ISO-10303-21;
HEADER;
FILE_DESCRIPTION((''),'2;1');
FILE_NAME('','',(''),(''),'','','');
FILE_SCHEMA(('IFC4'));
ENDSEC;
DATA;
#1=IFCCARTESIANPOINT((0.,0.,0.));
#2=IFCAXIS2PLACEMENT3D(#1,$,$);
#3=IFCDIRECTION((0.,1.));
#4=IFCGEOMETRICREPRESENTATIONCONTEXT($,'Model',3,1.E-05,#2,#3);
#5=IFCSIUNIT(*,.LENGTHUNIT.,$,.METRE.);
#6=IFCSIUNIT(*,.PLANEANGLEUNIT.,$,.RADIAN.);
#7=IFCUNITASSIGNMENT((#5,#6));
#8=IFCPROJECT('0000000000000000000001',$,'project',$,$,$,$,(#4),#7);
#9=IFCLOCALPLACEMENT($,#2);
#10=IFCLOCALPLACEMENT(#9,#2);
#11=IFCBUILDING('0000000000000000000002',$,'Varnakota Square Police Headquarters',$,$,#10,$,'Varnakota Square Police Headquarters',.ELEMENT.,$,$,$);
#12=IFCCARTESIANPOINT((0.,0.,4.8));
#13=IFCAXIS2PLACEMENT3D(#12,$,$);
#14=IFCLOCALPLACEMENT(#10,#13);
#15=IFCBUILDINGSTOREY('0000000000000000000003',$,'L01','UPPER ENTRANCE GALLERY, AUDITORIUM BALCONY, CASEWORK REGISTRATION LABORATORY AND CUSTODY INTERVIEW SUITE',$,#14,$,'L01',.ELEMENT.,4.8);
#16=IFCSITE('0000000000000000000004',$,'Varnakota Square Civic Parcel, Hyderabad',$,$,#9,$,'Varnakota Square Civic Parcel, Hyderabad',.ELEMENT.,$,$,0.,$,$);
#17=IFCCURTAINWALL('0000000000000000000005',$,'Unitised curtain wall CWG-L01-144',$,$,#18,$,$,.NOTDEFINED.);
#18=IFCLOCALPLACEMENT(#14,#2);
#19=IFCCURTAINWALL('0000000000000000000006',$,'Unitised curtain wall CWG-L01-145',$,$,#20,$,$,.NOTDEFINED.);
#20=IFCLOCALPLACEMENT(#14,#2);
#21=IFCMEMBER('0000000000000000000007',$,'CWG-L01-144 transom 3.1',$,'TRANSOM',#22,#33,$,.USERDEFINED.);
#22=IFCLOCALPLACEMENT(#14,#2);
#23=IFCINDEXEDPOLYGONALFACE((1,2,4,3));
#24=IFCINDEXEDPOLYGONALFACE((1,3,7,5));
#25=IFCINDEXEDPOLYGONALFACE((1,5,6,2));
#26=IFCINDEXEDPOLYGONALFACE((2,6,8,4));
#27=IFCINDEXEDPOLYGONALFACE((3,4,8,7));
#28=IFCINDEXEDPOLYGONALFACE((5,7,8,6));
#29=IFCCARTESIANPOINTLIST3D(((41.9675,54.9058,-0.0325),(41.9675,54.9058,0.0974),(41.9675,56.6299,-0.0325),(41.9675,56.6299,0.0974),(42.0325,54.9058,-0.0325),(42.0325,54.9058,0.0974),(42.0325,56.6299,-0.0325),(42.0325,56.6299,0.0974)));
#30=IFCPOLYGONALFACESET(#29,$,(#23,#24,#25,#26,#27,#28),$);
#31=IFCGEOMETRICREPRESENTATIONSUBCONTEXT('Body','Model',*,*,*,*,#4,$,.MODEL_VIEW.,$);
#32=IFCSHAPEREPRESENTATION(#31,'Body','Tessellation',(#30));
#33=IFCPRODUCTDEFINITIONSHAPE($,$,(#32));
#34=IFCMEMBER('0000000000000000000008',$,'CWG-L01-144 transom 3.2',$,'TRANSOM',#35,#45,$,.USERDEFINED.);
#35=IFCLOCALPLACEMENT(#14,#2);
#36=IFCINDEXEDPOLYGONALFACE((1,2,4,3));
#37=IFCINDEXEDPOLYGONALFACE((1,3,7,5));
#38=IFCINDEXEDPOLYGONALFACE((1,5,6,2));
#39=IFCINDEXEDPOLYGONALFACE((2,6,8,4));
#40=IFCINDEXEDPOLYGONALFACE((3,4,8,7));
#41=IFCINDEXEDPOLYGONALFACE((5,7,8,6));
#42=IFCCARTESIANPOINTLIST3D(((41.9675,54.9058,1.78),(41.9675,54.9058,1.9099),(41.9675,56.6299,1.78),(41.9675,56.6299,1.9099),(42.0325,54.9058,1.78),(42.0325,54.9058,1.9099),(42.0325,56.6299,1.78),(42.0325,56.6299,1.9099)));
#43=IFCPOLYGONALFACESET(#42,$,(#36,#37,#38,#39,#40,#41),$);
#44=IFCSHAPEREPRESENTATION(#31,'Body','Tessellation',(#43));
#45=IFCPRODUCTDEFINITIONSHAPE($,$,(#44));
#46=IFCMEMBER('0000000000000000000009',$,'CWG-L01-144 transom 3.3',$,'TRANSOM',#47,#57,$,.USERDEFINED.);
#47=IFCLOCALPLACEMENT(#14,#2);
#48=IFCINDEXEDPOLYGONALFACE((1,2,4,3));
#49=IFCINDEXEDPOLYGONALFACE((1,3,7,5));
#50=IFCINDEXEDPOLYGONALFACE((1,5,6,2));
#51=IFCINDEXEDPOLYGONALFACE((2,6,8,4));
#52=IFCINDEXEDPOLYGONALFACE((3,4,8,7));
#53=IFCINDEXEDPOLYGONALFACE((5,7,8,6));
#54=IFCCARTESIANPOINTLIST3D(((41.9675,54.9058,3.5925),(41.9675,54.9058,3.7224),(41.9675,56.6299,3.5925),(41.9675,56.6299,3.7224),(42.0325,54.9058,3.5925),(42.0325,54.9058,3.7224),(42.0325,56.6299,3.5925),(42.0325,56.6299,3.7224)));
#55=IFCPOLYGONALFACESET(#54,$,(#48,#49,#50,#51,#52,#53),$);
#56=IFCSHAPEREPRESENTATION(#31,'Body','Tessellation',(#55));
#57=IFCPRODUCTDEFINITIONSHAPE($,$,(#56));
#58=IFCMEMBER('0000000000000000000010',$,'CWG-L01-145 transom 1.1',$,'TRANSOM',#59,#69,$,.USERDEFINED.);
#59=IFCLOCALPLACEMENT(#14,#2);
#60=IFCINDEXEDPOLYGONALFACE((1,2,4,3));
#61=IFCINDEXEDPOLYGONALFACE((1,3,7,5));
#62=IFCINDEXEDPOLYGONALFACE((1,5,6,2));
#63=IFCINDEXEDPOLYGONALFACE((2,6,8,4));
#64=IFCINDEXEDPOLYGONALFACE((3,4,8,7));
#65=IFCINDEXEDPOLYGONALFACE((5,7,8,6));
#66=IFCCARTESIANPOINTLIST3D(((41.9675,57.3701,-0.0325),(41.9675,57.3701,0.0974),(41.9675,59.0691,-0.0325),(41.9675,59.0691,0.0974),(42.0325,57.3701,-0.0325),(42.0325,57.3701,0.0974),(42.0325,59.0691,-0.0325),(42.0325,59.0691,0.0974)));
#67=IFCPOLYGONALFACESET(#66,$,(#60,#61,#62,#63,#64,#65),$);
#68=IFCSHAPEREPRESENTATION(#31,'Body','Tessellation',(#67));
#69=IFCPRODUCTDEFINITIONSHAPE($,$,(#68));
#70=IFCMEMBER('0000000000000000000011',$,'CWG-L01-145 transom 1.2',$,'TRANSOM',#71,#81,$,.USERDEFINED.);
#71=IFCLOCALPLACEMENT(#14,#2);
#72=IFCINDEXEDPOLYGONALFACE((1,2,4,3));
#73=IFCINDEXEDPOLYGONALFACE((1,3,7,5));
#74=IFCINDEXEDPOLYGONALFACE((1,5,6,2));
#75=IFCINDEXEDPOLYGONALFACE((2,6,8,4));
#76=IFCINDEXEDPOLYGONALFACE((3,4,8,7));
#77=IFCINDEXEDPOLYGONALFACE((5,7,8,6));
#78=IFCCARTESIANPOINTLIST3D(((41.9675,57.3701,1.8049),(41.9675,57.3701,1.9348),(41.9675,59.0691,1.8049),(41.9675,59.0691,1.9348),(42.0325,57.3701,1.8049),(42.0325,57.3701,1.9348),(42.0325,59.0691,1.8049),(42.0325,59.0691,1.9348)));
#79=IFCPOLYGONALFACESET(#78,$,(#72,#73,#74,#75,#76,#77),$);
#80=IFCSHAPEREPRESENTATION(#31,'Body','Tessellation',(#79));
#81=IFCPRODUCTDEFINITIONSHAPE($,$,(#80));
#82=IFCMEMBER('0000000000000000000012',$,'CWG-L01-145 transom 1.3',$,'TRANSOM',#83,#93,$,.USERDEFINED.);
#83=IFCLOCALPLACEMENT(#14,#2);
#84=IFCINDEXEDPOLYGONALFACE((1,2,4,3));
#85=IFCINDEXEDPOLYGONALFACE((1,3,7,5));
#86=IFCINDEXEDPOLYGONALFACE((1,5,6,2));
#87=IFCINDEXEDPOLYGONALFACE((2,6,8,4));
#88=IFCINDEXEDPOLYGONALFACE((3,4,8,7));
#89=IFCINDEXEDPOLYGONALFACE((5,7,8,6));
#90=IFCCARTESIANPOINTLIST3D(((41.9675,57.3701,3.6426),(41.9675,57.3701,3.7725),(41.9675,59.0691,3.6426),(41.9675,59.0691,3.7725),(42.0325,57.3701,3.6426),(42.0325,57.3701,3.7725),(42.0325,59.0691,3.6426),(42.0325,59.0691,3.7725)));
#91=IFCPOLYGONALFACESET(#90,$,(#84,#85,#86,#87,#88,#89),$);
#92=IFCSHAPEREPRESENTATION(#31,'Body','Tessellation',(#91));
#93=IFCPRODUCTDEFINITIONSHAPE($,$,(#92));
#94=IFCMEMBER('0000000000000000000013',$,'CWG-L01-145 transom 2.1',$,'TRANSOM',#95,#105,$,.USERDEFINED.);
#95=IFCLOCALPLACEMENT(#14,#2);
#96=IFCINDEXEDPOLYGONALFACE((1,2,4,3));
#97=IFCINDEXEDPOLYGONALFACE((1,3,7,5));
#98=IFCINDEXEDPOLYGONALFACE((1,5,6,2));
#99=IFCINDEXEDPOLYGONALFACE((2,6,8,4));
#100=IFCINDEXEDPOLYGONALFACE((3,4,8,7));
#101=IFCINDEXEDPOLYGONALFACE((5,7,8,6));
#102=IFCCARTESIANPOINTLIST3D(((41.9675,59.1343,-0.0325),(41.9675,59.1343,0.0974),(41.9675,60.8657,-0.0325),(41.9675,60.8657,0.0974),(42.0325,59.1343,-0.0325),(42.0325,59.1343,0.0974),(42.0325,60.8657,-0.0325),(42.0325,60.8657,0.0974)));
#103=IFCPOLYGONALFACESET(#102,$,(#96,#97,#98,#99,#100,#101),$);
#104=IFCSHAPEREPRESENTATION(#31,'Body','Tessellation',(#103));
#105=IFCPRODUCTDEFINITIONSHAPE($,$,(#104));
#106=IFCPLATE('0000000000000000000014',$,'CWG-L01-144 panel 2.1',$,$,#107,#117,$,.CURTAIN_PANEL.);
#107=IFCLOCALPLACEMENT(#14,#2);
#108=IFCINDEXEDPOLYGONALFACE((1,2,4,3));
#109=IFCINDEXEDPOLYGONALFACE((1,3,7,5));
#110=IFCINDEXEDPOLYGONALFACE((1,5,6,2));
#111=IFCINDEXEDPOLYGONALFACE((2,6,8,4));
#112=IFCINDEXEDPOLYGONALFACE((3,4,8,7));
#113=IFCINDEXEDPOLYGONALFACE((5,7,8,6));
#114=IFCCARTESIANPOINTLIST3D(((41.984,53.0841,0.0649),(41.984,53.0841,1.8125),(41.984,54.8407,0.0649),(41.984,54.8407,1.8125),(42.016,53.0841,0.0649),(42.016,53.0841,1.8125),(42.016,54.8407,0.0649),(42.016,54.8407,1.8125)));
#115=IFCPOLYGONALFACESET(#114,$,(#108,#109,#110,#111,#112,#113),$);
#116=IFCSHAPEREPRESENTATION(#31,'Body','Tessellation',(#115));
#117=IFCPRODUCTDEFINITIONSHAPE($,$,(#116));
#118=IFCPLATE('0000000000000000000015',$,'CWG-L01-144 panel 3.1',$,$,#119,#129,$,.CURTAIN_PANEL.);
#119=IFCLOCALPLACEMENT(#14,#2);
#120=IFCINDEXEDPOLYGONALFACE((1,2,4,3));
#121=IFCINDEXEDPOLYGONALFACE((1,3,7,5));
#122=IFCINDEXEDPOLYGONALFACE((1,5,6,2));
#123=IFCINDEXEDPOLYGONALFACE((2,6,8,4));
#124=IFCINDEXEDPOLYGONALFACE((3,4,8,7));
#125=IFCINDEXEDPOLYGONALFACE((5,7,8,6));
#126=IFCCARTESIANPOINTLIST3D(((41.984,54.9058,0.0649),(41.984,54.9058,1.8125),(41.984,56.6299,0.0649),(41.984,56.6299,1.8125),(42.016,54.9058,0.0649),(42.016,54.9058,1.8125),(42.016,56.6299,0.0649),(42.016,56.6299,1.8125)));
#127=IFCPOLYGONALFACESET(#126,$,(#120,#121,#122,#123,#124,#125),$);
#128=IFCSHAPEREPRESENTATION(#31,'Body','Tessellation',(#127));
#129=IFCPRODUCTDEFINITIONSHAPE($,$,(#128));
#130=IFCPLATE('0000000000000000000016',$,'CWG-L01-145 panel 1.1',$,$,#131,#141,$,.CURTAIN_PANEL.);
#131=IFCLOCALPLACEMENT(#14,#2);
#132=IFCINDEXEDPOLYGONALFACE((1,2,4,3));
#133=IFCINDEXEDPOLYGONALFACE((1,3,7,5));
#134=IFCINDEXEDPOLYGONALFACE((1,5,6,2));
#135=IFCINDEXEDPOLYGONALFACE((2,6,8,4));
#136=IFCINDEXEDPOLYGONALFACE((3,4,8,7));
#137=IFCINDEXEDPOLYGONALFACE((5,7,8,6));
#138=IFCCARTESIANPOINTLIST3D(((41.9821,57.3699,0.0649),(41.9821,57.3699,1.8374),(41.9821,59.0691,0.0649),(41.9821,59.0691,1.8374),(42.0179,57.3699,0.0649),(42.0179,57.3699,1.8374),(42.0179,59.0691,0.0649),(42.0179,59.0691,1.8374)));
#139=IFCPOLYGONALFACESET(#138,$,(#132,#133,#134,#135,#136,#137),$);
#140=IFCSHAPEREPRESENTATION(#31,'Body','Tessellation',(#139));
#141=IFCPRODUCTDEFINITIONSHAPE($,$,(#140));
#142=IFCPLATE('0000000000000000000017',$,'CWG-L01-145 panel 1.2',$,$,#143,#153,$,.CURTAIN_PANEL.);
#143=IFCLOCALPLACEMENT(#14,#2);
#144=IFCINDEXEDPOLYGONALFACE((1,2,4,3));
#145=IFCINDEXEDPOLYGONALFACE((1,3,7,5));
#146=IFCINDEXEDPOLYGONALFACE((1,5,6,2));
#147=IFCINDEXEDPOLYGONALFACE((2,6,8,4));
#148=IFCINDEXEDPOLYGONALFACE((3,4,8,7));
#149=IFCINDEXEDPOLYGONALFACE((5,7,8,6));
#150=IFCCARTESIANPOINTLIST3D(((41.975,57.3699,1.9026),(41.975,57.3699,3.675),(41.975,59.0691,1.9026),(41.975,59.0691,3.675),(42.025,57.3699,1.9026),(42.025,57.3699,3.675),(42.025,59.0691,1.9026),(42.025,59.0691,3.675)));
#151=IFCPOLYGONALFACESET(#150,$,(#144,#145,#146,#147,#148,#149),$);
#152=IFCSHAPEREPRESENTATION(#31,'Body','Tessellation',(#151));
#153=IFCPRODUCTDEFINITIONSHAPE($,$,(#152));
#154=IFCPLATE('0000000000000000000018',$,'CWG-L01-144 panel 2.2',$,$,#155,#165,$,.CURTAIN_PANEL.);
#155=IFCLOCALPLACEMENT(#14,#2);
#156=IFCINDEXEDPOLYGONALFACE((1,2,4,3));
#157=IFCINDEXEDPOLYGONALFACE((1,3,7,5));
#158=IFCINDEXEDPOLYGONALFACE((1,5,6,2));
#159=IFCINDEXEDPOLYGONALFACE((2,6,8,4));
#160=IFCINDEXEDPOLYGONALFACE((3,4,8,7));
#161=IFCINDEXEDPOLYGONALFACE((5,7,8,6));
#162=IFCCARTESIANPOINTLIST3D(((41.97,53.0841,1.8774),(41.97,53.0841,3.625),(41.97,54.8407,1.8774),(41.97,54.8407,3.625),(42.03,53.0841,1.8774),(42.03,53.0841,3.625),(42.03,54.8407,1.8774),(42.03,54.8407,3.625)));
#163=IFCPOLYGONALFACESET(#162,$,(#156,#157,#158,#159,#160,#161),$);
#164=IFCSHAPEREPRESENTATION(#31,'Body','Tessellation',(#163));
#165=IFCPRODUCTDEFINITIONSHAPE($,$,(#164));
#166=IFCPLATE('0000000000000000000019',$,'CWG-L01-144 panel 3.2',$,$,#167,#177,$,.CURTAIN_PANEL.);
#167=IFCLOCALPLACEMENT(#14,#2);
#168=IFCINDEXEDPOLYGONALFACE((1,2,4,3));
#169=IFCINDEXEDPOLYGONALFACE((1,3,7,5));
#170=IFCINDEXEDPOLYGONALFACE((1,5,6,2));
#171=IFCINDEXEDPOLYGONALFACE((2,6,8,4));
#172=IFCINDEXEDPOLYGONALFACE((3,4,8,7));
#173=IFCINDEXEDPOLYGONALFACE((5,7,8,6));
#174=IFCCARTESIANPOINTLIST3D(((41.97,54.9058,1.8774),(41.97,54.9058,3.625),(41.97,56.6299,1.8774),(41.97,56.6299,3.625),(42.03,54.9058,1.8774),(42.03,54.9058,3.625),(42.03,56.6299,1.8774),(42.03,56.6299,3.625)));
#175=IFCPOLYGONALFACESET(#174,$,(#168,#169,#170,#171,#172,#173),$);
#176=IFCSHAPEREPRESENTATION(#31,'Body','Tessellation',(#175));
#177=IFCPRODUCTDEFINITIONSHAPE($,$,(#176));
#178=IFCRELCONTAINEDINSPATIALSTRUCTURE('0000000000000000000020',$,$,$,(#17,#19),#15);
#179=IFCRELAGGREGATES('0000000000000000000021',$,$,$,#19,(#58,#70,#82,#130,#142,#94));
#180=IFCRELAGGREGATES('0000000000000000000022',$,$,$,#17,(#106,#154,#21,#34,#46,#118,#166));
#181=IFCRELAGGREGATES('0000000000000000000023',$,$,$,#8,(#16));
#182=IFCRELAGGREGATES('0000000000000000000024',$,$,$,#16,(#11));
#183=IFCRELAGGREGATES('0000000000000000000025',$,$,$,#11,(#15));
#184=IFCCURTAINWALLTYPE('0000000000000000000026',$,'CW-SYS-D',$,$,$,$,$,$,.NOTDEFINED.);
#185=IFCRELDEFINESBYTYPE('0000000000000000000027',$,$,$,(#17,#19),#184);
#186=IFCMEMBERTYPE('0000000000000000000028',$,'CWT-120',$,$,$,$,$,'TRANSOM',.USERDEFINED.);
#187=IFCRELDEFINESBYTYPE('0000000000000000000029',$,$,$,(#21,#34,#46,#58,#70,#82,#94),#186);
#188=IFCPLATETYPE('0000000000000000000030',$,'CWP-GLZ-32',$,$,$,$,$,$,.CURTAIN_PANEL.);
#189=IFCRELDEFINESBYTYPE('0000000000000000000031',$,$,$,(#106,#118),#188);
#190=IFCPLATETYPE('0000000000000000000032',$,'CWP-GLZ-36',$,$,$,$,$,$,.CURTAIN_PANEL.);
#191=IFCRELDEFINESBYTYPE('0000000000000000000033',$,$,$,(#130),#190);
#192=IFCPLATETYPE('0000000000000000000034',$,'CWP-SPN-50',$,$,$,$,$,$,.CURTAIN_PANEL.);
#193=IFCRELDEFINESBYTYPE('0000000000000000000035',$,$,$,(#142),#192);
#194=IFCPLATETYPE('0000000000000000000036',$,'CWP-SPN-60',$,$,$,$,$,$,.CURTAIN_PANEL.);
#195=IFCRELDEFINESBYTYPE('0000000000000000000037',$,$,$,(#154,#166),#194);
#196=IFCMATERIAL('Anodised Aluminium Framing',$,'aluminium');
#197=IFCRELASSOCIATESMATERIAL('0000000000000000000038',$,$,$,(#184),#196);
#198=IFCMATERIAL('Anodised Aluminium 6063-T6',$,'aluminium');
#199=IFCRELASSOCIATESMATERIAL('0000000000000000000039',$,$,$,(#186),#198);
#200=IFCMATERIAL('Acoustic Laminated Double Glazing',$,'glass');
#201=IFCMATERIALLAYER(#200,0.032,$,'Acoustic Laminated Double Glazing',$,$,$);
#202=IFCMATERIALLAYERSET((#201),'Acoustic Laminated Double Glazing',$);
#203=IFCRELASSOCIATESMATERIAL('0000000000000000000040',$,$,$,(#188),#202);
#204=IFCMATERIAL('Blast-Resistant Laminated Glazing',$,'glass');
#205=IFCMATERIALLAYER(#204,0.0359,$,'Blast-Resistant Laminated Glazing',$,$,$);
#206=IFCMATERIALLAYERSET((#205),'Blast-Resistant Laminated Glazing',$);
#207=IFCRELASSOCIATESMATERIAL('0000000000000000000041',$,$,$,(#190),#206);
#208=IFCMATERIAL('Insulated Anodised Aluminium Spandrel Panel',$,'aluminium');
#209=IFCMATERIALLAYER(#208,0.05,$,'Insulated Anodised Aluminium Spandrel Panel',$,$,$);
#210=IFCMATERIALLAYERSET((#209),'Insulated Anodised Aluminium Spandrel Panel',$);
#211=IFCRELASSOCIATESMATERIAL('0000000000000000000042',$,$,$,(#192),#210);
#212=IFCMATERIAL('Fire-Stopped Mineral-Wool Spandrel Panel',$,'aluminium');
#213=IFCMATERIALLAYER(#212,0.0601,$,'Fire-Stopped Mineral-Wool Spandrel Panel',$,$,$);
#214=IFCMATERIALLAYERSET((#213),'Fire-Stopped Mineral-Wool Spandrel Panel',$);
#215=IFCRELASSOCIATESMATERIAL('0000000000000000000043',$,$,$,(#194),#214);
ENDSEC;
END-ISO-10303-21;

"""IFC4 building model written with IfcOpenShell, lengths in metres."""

from ifc_helpers import new_model, si_unit, direction, frame, origin, origin_2d, place, context, subcontext, project, spatial, rectangle, extrude, material, layer, layer_set, material_profile, profile_set, type_object, element, aggregate, save


model = new_model("IFC4")

# Units and contexts
model_context = context("Model", 3, precision=1e-05, world=origin(), true_north=direction((0.0, 1.0)))
body_context = subcontext(model_context, "Body", "Model", "MODEL_VIEW")
ifc_project = project(units=[si_unit("LENGTHUNIT", "METRE"), si_unit("PLANEANGLEUNIT", "RADIAN")], contexts=[model_context])

# Site, building, storey
site_placement = place(None, origin())
site = spatial("IfcSite", under=ifc_project, at=site_placement, Name="Varnakota Square Civic Parcel, Hyderabad", LongName="Varnakota Square Civic Parcel, Hyderabad", CompositionType="ELEMENT", RefElevation=0.0)
building_placement = place(site_placement, origin())
building = spatial("IfcBuilding", under=site, at=building_placement, Name="Varnakota Square Police Headquarters", LongName="Varnakota Square Police Headquarters", CompositionType="ELEMENT")
storey_placement = place(building_placement, frame((0.0, 0.0, 4.8)))
storey = spatial("IfcBuildingStorey", under=building, at=storey_placement, Name="L01", Description="UPPER ENTRANCE GALLERY, AUDITORIUM BALCONY, CASEWORK REGISTRATION LABORATORY AND CUSTODY INTERVIEW SUITE", LongName="L01", CompositionType="ELEMENT", Elevation=4.8)

# Curtain walls
ifc_material_1 = material(Name="Anodised Aluminium Framing", Category="aluminium")
curtain_wall_type = type_object("IfcCurtainWallType", Name="CW-SYS-D", PredefinedType="NOTDEFINED", material=ifc_material_1)
curtain_wall_1_placement = place(storey_placement, origin())
curtain_wall_1 = element("IfcCurtainWall", 1, at=curtain_wall_1_placement, inside=storey, type_object=curtain_wall_type, Name="Unitised curtain wall CWG-L01-144", PredefinedType="NOTDEFINED")
ifc_material_2 = material(Name="Anodised Aluminium 6063-T6", Category="aluminium")
curtain_wall_2_placement = place(storey_placement, origin())
curtain_wall_2 = element("IfcCurtainWall", 2, at=curtain_wall_2_placement, inside=storey, type_object=curtain_wall_type, Name="Unitised curtain wall CWG-L01-145", PredefinedType="NOTDEFINED")

# Members
ifc_material_profile_1 = material_profile(ifc_material_2, rectangle(XDim=0.0649, YDim=0.1299, at=origin_2d()), Name="ALU TRANSOM 65x130")
ifc_profile_set_1 = profile_set([ifc_material_profile_1], Name="Anodised Aluminium 6063-T6")
member_type_1 = type_object("IfcMemberType", Name="CWT-120", ElementType="TRANSOM", PredefinedType="USERDEFINED", material=ifc_profile_set_1)
member_1_placement = place(storey_placement, frame((42.0, 54.9058, 0.0325), z_axis=(0.0, 1.0, 0.0), x_axis=(-1.0, 0.0, 0.0)))
member_1 = element("IfcMember", 3, at=member_1_placement, type_object=member_type_1, Name="CWG-L01-144 transom 3.1", ObjectType="TRANSOM", PredefinedType="USERDEFINED", context=body_context, shape_type="SweptSolid", body=[
    extrude(rectangle(XDim=0.0649, YDim=0.1299, at=origin_2d()), origin(), (0.0, 0.0, 1.0), 1.7241),
])
member_2_placement = place(storey_placement, frame((42.0, 54.9058, 1.845), z_axis=(0.0, 1.0, 0.0), x_axis=(-1.0, 0.0, 0.0)))
member_2 = element("IfcMember", 4, at=member_2_placement, type_object=member_type_1, Name="CWG-L01-144 transom 3.2", ObjectType="TRANSOM", PredefinedType="USERDEFINED", context=body_context, shape_type="SweptSolid", body=[
    extrude(rectangle(XDim=0.0649, YDim=0.1299, at=origin_2d()), origin(), (0.0, 0.0, 1.0), 1.7241),
])
member_3_placement = place(storey_placement, frame((42.0, 54.9058, 3.6575), z_axis=(0.0, 1.0, 0.0), x_axis=(-1.0, 0.0, 0.0)))
member_3 = element("IfcMember", 5, at=member_3_placement, type_object=member_type_1, Name="CWG-L01-144 transom 3.3", ObjectType="TRANSOM", PredefinedType="USERDEFINED", context=body_context, shape_type="SweptSolid", body=[
    extrude(rectangle(XDim=0.0649, YDim=0.1299, at=origin_2d()), origin(), (0.0, 0.0, 1.0), 1.7241),
])
member_4_placement = place(storey_placement, frame((42.0, 57.3701, 0.0325), z_axis=(0.0, 1.0, 0.0), x_axis=(-1.0, 0.0, 0.0)))
member_4 = element("IfcMember", 6, at=member_4_placement, type_object=member_type_1, Name="CWG-L01-145 transom 1.1", ObjectType="TRANSOM", PredefinedType="USERDEFINED", context=body_context, shape_type="SweptSolid", body=[
    extrude(rectangle(XDim=0.0649, YDim=0.1299, at=origin_2d()), origin(), (0.0, 0.0, 1.0), 1.699),
])
member_5_placement = place(storey_placement, frame((42.0, 57.3701, 1.8699), z_axis=(0.0, 1.0, 0.0), x_axis=(-1.0, 0.0, 0.0)))
member_5 = element("IfcMember", 7, at=member_5_placement, type_object=member_type_1, Name="CWG-L01-145 transom 1.2", ObjectType="TRANSOM", PredefinedType="USERDEFINED", context=body_context, shape_type="SweptSolid", body=[
    extrude(rectangle(XDim=0.0649, YDim=0.1299, at=origin_2d()), origin(), (0.0, 0.0, 1.0), 1.699),
])
member_6_placement = place(storey_placement, frame((42.0, 57.3701, 3.7075), z_axis=(0.0, 1.0, 0.0), x_axis=(-1.0, 0.0, 0.0)))
member_6 = element("IfcMember", 8, at=member_6_placement, type_object=member_type_1, Name="CWG-L01-145 transom 1.3", ObjectType="TRANSOM", PredefinedType="USERDEFINED", context=body_context, shape_type="SweptSolid", body=[
    extrude(rectangle(XDim=0.0649, YDim=0.1299, at=origin_2d()), origin(), (0.0, 0.0, 1.0), 1.699),
])
member_7_placement = place(storey_placement, frame((42.0, 59.1343, 0.0325), z_axis=(0.0, 1.0, 0.0), x_axis=(-1.0, 0.0, 0.0)))
member_7 = element("IfcMember", 9, at=member_7_placement, type_object=member_type_1, Name="CWG-L01-145 transom 2.1", ObjectType="TRANSOM", PredefinedType="USERDEFINED", context=body_context, shape_type="SweptSolid", body=[
    extrude(rectangle(XDim=0.0649, YDim=0.1299, at=origin_2d()), origin(), (0.0, 0.0, 1.0), 1.7314),
])

# Plates
ifc_material_3 = material(Name="Acoustic Laminated Double Glazing", Category="glass")
ifc_layer_1 = layer(ifc_material_3, 0.032, Name="Acoustic Laminated Double Glazing")
ifc_layer_set_1 = layer_set([ifc_layer_1], Name="Acoustic Laminated Double Glazing")
plate_type_1 = type_object("IfcPlateType", Name="CWP-GLZ-32", PredefinedType="CURTAIN_PANEL", material=ifc_layer_set_1)
plate_1_placement = place(storey_placement, frame((42.0, 53.9624, 0.0649), z_axis=(0.0, 0.0, 1.0), x_axis=(0.0, 1.0, 0.0)))
plate_1 = element("IfcPlate", 10, at=plate_1_placement, type_object=plate_type_1, Name="CWG-L01-144 panel 2.1", PredefinedType="CURTAIN_PANEL", context=body_context, shape_type="SweptSolid", body=[
    extrude(rectangle(XDim=1.7566, YDim=0.032, at=origin_2d()), origin(), (0.0, 0.0, 1.0), 1.7476),
])
plate_2_placement = place(storey_placement, frame((42.0, 55.7678, 0.0649), z_axis=(0.0, 0.0, 1.0), x_axis=(0.0, 1.0, 0.0)))
plate_2 = element("IfcPlate", 11, at=plate_2_placement, type_object=plate_type_1, Name="CWG-L01-144 panel 3.1", PredefinedType="CURTAIN_PANEL", context=body_context, shape_type="SweptSolid", body=[
    extrude(rectangle(XDim=1.7241, YDim=0.032, at=origin_2d()), origin(), (0.0, 0.0, 1.0), 1.7476),
])
ifc_material_4 = material(Name="Blast-Resistant Laminated Glazing", Category="glass")
ifc_layer_2 = layer(ifc_material_4, 0.0359, Name="Blast-Resistant Laminated Glazing")
ifc_layer_set_2 = layer_set([ifc_layer_2], Name="Blast-Resistant Laminated Glazing")
plate_type_2 = type_object("IfcPlateType", Name="CWP-GLZ-36", PredefinedType="CURTAIN_PANEL", material=ifc_layer_set_2)
plate_3_placement = place(storey_placement, frame((42.0, 58.2195, 0.0649), z_axis=(0.0, 0.0, 1.0), x_axis=(0.0, 1.0, 0.0)))
plate_3 = element("IfcPlate", 12, at=plate_3_placement, type_object=plate_type_2, Name="CWG-L01-145 panel 1.1", PredefinedType="CURTAIN_PANEL", context=body_context, shape_type="SweptSolid", body=[
    extrude(rectangle(XDim=1.6992, YDim=0.0359, at=origin_2d()), origin(), (0.0, 0.0, 1.0), 1.7725),
])
ifc_material_5 = material(Name="Insulated Anodised Aluminium Spandrel Panel", Category="aluminium")
ifc_layer_3 = layer(ifc_material_5, 0.05, Name="Insulated Anodised Aluminium Spandrel Panel")
ifc_layer_set_3 = layer_set([ifc_layer_3], Name="Insulated Anodised Aluminium Spandrel Panel")
plate_type_3 = type_object("IfcPlateType", Name="CWP-SPN-50", PredefinedType="CURTAIN_PANEL", material=ifc_layer_set_3)
plate_4_placement = place(storey_placement, frame((42.0, 58.2195, 1.9026), z_axis=(0.0, 0.0, 1.0), x_axis=(0.0, 1.0, 0.0)))
plate_4 = element("IfcPlate", 13, at=plate_4_placement, type_object=plate_type_3, Name="CWG-L01-145 panel 1.2", PredefinedType="CURTAIN_PANEL", context=body_context, shape_type="SweptSolid", body=[
    extrude(rectangle(XDim=1.6992, YDim=0.05, at=origin_2d()), origin(), (0.0, 0.0, 1.0), 1.7725),
])
aggregate(curtain_wall_2, [member_4, member_5, member_6, plate_3, plate_4, member_7])
ifc_material_6 = material(Name="Fire-Stopped Mineral-Wool Spandrel Panel", Category="aluminium")
ifc_layer_4 = layer(ifc_material_6, 0.0601, Name="Fire-Stopped Mineral-Wool Spandrel Panel")
ifc_layer_set_4 = layer_set([ifc_layer_4], Name="Fire-Stopped Mineral-Wool Spandrel Panel")
plate_type_4 = type_object("IfcPlateType", Name="CWP-SPN-60", PredefinedType="CURTAIN_PANEL", material=ifc_layer_set_4)
plate_5_placement = place(storey_placement, frame((42.0, 53.9624, 1.8774), z_axis=(0.0, 0.0, 1.0), x_axis=(0.0, 1.0, 0.0)))
plate_5 = element("IfcPlate", 14, at=plate_5_placement, type_object=plate_type_4, Name="CWG-L01-144 panel 2.2", PredefinedType="CURTAIN_PANEL", context=body_context, shape_type="SweptSolid", body=[
    extrude(rectangle(XDim=1.7566, YDim=0.0601, at=origin_2d()), origin(), (0.0, 0.0, 1.0), 1.7476),
])
plate_6_placement = place(storey_placement, frame((42.0, 55.7678, 1.8774), z_axis=(0.0, 0.0, 1.0), x_axis=(0.0, 1.0, 0.0)))
plate_6 = element("IfcPlate", 15, at=plate_6_placement, type_object=plate_type_4, Name="CWG-L01-144 panel 3.2", PredefinedType="CURTAIN_PANEL", context=body_context, shape_type="SweptSolid", body=[
    extrude(rectangle(XDim=1.7241, YDim=0.0601, at=origin_2d()), origin(), (0.0, 0.0, 1.0), 1.7476),
])
aggregate(curtain_wall_1, [plate_1, plate_5, member_1, member_2, member_3, plate_2, plate_6])

save(model, "model.ifc")
